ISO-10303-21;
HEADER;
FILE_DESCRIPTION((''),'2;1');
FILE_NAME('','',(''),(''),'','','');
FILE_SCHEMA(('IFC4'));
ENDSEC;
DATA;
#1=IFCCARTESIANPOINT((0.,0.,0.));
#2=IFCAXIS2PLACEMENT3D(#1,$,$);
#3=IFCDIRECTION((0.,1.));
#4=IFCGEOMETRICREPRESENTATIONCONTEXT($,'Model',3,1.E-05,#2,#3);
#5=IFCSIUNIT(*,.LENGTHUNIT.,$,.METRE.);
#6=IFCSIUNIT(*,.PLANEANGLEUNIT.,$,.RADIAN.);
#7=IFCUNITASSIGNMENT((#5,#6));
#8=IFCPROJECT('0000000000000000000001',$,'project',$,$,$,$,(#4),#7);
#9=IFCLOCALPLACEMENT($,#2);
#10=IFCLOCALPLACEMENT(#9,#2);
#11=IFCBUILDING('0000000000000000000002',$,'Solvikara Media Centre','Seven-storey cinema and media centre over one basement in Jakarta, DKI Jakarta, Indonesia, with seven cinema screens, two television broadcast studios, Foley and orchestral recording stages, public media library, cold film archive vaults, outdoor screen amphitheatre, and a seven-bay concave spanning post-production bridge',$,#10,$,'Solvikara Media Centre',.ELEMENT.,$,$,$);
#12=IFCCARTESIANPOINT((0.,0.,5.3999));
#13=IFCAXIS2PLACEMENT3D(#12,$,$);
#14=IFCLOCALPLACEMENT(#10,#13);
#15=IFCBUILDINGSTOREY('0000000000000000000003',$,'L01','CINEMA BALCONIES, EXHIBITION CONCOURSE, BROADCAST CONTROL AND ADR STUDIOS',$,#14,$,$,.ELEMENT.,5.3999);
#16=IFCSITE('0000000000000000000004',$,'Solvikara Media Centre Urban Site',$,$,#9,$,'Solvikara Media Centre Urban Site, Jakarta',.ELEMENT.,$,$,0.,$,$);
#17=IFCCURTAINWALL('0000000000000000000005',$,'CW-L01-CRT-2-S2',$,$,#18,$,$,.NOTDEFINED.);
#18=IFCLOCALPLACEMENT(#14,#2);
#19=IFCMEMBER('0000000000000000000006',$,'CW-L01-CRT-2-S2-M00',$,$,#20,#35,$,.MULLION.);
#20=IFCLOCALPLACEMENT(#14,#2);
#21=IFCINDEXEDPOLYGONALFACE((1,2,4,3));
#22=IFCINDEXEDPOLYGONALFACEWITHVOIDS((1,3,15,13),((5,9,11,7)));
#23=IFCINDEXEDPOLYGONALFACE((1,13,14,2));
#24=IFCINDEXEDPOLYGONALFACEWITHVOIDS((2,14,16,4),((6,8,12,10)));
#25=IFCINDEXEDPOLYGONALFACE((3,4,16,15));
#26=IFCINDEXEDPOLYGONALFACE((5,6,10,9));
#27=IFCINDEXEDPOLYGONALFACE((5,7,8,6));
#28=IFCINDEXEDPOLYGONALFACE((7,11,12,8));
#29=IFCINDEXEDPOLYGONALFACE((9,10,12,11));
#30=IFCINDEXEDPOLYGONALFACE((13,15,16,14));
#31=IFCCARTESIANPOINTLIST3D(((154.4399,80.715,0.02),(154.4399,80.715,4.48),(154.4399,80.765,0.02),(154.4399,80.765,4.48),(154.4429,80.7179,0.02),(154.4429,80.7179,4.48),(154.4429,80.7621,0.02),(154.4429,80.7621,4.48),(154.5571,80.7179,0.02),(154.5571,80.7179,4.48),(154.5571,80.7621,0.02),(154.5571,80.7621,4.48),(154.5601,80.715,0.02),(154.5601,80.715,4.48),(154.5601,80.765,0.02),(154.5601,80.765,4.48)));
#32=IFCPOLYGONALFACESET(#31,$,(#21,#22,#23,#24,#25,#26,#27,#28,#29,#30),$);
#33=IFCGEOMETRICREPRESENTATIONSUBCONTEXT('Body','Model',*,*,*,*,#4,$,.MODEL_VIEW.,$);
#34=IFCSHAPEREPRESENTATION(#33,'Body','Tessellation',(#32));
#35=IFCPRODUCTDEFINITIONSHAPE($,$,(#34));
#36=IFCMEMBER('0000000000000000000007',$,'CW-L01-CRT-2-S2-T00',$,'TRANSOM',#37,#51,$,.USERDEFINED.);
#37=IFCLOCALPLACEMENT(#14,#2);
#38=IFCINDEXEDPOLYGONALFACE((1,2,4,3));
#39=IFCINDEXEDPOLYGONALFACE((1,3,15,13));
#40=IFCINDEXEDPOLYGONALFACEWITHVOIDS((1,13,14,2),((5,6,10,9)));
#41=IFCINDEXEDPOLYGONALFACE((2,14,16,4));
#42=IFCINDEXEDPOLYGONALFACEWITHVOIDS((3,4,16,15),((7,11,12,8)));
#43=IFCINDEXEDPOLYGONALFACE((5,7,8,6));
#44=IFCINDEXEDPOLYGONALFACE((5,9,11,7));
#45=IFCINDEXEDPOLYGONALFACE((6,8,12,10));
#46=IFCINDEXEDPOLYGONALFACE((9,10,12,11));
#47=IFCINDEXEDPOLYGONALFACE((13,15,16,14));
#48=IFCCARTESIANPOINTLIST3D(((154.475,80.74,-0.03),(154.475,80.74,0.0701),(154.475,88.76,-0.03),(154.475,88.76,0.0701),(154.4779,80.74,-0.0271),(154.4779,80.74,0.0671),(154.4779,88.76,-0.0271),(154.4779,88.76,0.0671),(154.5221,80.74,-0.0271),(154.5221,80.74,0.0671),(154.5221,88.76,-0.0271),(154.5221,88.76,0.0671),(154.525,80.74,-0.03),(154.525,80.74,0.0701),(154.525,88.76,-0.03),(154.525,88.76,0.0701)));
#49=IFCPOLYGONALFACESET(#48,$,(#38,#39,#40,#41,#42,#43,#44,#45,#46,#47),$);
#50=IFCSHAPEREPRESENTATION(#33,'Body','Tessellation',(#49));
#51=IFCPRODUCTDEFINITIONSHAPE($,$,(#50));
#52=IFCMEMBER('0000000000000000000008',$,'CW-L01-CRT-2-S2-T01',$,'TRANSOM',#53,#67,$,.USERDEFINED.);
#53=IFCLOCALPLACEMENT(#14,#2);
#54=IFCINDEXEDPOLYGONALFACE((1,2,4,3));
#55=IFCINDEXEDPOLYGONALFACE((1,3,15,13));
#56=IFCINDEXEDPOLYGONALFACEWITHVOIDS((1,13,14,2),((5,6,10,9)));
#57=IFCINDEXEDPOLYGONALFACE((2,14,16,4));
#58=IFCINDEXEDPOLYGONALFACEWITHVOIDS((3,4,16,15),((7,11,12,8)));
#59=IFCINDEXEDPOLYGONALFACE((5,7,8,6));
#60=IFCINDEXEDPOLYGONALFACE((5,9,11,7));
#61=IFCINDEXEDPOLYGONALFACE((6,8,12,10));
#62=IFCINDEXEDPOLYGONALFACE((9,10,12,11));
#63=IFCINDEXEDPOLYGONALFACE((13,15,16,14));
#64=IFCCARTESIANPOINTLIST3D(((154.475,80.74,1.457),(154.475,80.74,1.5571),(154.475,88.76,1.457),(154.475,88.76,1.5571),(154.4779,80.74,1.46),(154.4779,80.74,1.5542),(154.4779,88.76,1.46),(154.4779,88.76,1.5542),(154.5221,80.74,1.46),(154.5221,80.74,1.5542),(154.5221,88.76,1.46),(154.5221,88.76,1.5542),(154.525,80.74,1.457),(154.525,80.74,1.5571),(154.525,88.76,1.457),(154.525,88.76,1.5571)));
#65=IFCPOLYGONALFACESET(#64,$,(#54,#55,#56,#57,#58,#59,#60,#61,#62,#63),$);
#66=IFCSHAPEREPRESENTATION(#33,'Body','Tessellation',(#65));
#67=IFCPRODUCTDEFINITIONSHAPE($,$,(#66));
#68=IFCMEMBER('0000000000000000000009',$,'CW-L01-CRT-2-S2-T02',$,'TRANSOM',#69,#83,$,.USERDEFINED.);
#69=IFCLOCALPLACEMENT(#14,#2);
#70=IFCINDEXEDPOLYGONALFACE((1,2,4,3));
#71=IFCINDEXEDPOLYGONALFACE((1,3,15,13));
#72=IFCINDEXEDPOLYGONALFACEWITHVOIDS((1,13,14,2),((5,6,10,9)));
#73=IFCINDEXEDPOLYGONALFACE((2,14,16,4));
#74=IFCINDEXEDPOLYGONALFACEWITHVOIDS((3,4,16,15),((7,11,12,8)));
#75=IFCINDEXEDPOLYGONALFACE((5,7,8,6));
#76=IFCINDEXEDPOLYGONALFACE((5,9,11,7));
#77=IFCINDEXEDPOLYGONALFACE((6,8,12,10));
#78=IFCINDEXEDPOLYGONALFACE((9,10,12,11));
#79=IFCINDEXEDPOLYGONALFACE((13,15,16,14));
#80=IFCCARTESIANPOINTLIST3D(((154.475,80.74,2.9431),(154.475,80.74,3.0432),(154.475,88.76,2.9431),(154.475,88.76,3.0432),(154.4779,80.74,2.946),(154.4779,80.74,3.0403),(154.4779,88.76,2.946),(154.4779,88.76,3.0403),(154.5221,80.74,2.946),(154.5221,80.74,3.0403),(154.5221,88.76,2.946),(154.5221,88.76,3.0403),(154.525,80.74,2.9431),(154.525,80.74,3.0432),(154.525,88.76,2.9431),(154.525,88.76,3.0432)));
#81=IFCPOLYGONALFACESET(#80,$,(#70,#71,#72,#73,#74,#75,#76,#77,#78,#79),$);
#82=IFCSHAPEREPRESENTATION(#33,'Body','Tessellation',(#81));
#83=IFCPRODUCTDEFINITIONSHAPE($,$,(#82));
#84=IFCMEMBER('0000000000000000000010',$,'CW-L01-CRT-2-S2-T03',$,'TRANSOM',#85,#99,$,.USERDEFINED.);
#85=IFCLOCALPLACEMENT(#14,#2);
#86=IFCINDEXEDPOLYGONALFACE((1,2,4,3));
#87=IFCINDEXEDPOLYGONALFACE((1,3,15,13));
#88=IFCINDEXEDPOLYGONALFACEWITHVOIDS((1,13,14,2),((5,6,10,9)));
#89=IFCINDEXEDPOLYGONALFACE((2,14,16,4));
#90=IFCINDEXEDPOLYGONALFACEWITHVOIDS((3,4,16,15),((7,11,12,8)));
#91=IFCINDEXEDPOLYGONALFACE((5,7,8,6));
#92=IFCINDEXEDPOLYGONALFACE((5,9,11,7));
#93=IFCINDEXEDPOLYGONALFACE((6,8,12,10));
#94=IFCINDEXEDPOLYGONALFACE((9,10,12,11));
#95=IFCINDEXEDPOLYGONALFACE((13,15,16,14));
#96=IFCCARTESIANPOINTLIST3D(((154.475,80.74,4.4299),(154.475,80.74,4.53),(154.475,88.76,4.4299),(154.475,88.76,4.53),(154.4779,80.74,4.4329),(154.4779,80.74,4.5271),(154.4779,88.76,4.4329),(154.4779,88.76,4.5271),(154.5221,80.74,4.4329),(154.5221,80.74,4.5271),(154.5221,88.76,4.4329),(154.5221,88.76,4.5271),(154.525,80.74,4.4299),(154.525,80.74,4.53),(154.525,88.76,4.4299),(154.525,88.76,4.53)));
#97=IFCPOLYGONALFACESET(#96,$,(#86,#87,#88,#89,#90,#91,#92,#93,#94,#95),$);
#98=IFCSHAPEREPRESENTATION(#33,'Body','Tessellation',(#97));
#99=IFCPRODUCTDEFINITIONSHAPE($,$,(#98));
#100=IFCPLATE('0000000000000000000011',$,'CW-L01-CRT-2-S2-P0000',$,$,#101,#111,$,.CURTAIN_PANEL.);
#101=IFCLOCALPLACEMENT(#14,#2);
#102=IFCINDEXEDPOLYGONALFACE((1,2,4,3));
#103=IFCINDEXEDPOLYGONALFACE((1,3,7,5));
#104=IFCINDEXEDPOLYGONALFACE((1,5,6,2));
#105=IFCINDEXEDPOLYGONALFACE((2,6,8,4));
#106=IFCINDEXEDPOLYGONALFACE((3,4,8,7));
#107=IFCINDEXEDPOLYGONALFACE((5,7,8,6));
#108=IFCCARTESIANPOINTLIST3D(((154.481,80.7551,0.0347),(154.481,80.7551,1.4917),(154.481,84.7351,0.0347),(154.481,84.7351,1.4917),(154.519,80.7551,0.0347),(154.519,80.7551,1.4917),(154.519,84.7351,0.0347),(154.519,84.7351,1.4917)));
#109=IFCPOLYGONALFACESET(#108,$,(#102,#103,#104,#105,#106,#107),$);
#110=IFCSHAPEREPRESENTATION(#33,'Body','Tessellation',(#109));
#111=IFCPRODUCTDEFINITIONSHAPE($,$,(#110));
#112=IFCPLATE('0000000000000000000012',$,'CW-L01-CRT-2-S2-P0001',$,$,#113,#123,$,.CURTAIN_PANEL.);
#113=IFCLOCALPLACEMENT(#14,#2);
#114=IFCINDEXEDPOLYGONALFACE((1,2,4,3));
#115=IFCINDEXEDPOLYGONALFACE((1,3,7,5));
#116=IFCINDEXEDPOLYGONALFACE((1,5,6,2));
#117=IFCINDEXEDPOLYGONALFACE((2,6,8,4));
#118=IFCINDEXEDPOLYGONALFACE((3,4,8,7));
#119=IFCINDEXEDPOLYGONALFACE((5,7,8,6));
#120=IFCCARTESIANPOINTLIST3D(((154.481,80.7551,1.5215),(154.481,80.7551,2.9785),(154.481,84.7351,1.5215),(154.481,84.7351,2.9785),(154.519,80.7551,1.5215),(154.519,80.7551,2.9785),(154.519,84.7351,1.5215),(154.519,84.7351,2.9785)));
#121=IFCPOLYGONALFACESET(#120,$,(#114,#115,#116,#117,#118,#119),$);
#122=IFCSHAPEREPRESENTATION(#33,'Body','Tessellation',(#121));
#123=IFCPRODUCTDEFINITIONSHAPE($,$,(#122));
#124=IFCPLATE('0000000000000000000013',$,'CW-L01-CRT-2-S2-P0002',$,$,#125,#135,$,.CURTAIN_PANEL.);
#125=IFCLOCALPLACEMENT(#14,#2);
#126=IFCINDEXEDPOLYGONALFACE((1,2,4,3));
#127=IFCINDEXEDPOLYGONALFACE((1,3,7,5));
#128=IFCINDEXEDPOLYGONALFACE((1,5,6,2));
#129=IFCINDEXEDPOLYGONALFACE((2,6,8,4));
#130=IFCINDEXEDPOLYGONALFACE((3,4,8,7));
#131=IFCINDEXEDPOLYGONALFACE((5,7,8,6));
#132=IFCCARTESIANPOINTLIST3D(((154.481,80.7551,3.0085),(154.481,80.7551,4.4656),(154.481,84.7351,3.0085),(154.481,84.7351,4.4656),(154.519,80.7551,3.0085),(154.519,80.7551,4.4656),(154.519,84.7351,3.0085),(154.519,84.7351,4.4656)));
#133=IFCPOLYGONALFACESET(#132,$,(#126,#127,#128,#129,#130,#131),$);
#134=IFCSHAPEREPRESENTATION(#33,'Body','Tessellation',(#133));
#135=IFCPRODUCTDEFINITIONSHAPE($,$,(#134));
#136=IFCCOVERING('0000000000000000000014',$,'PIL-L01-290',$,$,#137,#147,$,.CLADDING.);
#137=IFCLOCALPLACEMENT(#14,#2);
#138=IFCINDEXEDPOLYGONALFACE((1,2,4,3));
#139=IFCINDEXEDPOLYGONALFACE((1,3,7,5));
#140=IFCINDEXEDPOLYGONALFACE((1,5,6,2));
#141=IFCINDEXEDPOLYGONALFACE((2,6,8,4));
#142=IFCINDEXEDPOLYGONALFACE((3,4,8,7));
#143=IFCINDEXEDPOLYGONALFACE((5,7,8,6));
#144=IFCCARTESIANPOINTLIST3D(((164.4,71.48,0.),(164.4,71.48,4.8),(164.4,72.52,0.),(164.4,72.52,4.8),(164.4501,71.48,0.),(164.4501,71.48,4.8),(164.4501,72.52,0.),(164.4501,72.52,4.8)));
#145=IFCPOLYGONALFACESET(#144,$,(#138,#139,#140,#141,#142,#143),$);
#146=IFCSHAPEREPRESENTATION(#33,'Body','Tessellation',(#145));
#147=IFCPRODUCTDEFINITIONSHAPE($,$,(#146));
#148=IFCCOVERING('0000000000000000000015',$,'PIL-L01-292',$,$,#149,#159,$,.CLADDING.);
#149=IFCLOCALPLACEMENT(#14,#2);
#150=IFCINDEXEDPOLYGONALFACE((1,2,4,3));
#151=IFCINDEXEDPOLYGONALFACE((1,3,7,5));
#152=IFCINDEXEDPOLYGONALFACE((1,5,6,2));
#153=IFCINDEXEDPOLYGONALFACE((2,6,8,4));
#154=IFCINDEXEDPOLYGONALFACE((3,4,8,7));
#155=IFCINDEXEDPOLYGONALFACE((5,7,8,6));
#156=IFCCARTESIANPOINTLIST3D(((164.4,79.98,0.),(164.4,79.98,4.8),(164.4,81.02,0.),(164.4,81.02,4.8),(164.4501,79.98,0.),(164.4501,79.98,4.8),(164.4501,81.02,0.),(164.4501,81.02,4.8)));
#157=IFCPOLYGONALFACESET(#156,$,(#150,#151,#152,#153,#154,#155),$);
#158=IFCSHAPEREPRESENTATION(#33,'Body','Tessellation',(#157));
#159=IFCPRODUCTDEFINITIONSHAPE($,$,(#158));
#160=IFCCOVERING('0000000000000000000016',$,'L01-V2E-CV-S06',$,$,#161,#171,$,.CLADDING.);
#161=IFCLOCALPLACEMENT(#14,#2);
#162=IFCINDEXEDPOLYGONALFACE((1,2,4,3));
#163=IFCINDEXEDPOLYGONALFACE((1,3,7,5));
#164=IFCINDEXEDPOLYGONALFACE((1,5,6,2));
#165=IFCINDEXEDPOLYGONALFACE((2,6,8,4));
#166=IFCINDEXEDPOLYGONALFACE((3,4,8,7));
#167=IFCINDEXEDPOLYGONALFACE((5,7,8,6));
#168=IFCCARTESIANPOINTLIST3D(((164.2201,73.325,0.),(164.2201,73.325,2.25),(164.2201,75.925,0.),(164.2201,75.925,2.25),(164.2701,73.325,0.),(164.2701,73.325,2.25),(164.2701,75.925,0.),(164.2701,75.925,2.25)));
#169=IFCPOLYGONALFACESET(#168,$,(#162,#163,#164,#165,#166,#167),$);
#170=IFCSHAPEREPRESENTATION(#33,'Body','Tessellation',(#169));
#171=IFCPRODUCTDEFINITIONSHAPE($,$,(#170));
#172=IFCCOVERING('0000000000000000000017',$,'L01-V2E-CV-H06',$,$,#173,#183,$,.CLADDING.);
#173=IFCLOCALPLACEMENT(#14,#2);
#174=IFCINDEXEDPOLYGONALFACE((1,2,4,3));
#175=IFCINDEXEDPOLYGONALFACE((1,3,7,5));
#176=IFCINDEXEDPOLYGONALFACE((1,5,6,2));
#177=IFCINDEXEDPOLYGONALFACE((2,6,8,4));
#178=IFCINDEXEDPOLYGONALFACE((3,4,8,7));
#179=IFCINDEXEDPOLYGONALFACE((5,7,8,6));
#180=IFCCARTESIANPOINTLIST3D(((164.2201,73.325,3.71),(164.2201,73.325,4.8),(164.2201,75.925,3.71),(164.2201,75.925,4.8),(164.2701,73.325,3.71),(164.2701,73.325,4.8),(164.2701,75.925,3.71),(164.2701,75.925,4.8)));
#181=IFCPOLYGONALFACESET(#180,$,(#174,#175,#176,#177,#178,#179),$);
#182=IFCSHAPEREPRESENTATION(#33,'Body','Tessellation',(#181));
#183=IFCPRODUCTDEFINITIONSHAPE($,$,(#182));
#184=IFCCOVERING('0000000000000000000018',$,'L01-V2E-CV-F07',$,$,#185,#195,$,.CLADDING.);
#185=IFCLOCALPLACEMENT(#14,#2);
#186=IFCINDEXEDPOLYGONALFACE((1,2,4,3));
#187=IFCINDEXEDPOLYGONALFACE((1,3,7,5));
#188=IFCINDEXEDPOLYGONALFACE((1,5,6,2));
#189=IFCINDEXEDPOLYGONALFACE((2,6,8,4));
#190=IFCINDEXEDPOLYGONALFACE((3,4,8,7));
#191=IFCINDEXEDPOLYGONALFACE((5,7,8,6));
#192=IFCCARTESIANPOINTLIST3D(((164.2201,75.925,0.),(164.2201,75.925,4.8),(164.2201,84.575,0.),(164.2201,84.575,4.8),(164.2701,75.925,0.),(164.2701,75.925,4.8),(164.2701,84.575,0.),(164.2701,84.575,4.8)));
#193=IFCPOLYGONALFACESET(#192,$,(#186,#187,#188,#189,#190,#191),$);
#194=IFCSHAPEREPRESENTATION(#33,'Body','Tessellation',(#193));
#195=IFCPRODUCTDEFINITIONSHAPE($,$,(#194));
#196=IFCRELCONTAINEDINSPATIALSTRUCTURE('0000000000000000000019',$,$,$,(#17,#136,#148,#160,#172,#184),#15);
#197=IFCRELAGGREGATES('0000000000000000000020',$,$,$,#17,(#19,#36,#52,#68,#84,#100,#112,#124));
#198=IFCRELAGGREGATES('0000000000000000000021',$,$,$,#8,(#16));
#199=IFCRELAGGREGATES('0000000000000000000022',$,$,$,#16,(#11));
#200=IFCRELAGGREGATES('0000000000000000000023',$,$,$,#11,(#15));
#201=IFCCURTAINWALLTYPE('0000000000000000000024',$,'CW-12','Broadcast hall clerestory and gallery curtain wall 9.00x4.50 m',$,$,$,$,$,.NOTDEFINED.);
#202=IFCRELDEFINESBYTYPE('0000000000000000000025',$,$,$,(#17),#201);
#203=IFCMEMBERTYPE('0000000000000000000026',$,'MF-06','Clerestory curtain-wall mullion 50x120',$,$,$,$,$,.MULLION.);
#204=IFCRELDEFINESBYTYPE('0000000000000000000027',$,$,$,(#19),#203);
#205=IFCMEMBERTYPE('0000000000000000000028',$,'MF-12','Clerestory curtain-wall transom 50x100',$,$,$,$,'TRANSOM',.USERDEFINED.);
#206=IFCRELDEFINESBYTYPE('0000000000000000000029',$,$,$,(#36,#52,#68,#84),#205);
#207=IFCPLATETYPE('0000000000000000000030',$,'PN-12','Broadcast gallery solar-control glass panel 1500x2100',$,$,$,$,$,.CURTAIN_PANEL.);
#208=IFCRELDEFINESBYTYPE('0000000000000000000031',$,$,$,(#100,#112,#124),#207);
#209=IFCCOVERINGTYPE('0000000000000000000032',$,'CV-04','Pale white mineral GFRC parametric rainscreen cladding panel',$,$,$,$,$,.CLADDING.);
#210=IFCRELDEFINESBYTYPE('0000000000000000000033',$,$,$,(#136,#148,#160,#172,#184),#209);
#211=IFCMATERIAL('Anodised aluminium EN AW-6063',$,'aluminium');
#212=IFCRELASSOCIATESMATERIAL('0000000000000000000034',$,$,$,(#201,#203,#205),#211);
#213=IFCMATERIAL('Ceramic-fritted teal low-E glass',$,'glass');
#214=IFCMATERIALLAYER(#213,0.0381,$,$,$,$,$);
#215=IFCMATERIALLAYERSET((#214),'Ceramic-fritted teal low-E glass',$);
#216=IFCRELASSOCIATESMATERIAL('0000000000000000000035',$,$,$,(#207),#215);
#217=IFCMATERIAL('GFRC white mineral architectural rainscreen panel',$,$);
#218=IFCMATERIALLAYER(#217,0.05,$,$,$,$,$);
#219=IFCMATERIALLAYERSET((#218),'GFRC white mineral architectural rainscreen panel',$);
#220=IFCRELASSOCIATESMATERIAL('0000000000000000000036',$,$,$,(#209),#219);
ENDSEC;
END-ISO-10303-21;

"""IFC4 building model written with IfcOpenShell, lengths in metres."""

from ifc_helpers import new_model, si_unit, direction, frame, origin, origin_2d, place, context, subcontext, project, spatial, rectangle, hollow_rectangle, extrude, material, layer, layer_set, material_profile, profile_set, type_object, element, aggregate, save


model = new_model("IFC4")

# Units and contexts
model_context = context("Model", 3, precision=1e-05, world=origin(), true_north=direction((0.0, 1.0)))
body_context = subcontext(model_context, "Body", "Model", "MODEL_VIEW")
ifc_project = project(units=[si_unit("LENGTHUNIT", "METRE"), si_unit("PLANEANGLEUNIT", "RADIAN")], contexts=[model_context])

# Site, building, storey
site_placement = place(None, origin())
site = spatial("IfcSite", under=ifc_project, at=site_placement, Name="Solvikara Media Centre Urban Site", LongName="Solvikara Media Centre Urban Site, Jakarta", CompositionType="ELEMENT", RefElevation=0.0)
building_placement = place(site_placement, origin())
building = spatial("IfcBuilding", under=site, at=building_placement, Name="Solvikara Media Centre", Description="Seven-storey cinema and media centre over one basement in Jakarta, DKI Jakarta, Indonesia, with seven cinema screens, two television broadcast studios, Foley and orchestral recording stages, public media library, cold film archive vaults, outdoor screen amphitheatre, and a seven-bay concave spanning post-production bridge", LongName="Solvikara Media Centre", CompositionType="ELEMENT")
storey_placement = place(building_placement, frame((0.0, 0.0, 5.3999)))
storey = spatial("IfcBuildingStorey", under=building, at=storey_placement, Name="L01", Description="CINEMA BALCONIES, EXHIBITION CONCOURSE, BROADCAST CONTROL AND ADR STUDIOS", CompositionType="ELEMENT", Elevation=5.3999)

# Shared definitions
ifc_material_1 = material(Name="Anodised aluminium EN AW-6063", Category="aluminium")
curtain_wall_type = type_object("IfcCurtainWallType", Name="CW-12", Description="Broadcast hall clerestory and gallery curtain wall 9.00x4.50 m", PredefinedType="NOTDEFINED", material=ifc_material_1)
ifc_material_profile_1 = material_profile(ifc_material_1, hollow_rectangle(XDim=0.05, YDim=0.1201, WallThickness=0.0029, at=origin_2d()), Name="ALU-M 50x120x3")
ifc_profile_set_1 = profile_set([ifc_material_profile_1], Name="Anodised aluminium EN AW-6063")
member_type_1 = type_object("IfcMemberType", Name="MF-06", Description="Clerestory curtain-wall mullion 50x120", PredefinedType="MULLION", material=ifc_profile_set_1)

# Curtain wall, members, plates
curtain_wall_1_placement = place(storey_placement, origin())
curtain_wall_1 = element("IfcCurtainWall", 1, at=curtain_wall_1_placement, inside=storey, type_object=curtain_wall_type, Name="CW-L01-CRT-2-S2", PredefinedType="NOTDEFINED")
member_1_placement = place(storey_placement, frame((154.5, 80.74, 0.02), z_axis=(0.0, 0.0, 1.0), x_axis=(0.0, 1.0, 0.0)))
member_1 = element("IfcMember", 2, at=member_1_placement, type_object=member_type_1, Name="CW-L01-CRT-2-S2-M00", PredefinedType="MULLION", context=body_context, shape_type="SweptSolid", body=[
    extrude(hollow_rectangle(XDim=0.05, YDim=0.1201, WallThickness=0.0029, at=origin_2d()), origin(), (0.0, 0.0, 1.0), 4.46),
])
ifc_material_profile_2 = material_profile(ifc_material_1, hollow_rectangle(XDim=0.05, YDim=0.1001, WallThickness=0.0029, at=origin_2d()), Name="ALU-T 50x100x3")
ifc_profile_set_2 = profile_set([ifc_material_profile_2], Name="Anodised aluminium EN AW-6063")
member_type_2 = type_object("IfcMemberType", Name="MF-12", Description="Clerestory curtain-wall transom 50x100", ElementType="TRANSOM", PredefinedType="USERDEFINED", material=ifc_profile_set_2)
member_2_placement = place(storey_placement, frame((154.5, 80.74, 0.02), z_axis=(0.0, 1.0, 0.0), x_axis=(-1.0, 0.0, 0.0)))
member_2 = element("IfcMember", 3, at=member_2_placement, type_object=member_type_2, Name="CW-L01-CRT-2-S2-T00", ObjectType="TRANSOM", PredefinedType="USERDEFINED", context=body_context, shape_type="SweptSolid", body=[
    extrude(hollow_rectangle(XDim=0.05, YDim=0.1001, WallThickness=0.0029, at=origin_2d()), origin(), (0.0, 0.0, 1.0), 8.02),
])
member_3_placement = place(storey_placement, frame((154.5, 80.74, 1.5071), z_axis=(0.0, 1.0, 0.0), x_axis=(-1.0, 0.0, 0.0)))
member_3 = element("IfcMember", 4, at=member_3_placement, type_object=member_type_2, Name="CW-L01-CRT-2-S2-T01", ObjectType="TRANSOM", PredefinedType="USERDEFINED", context=body_context, shape_type="SweptSolid", body=[
    extrude(hollow_rectangle(XDim=0.05, YDim=0.1001, WallThickness=0.0029, at=origin_2d()), origin(), (0.0, 0.0, 1.0), 8.02),
])
member_4_placement = place(storey_placement, frame((154.5, 80.74, 2.9932), z_axis=(0.0, 1.0, 0.0), x_axis=(-1.0, 0.0, 0.0)))
member_4 = element("IfcMember", 5, at=member_4_placement, type_object=member_type_2, Name="CW-L01-CRT-2-S2-T02", ObjectType="TRANSOM", PredefinedType="USERDEFINED", context=body_context, shape_type="SweptSolid", body=[
    extrude(hollow_rectangle(XDim=0.05, YDim=0.1001, WallThickness=0.0029, at=origin_2d()), origin(), (0.0, 0.0, 1.0), 8.02),
])
member_5_placement = place(storey_placement, frame((154.5, 80.74, 4.48), z_axis=(0.0, 1.0, 0.0), x_axis=(-1.0, 0.0, 0.0)))
member_5 = element("IfcMember", 6, at=member_5_placement, type_object=member_type_2, Name="CW-L01-CRT-2-S2-T03", ObjectType="TRANSOM", PredefinedType="USERDEFINED", context=body_context, shape_type="SweptSolid", body=[
    extrude(hollow_rectangle(XDim=0.05, YDim=0.1001, WallThickness=0.0029, at=origin_2d()), origin(), (0.0, 0.0, 1.0), 8.02),
])
ifc_material_2 = material(Name="Ceramic-fritted teal low-E glass", Category="glass")
ifc_layer_1 = layer(ifc_material_2, 0.0381)
ifc_layer_set_1 = layer_set([ifc_layer_1], Name="Ceramic-fritted teal low-E glass")
plate_type = type_object("IfcPlateType", Name="PN-12", Description="Broadcast gallery solar-control glass panel 1500x2100", PredefinedType="CURTAIN_PANEL", material=ifc_layer_set_1)
plate_1_placement = place(storey_placement, frame((154.5, 82.7451, 0.0347), z_axis=(0.0, 0.0, 1.0), x_axis=(0.0, 1.0, 0.0)))
plate_1 = element("IfcPlate", 7, at=plate_1_placement, type_object=plate_type, Name="CW-L01-CRT-2-S2-P0000", PredefinedType="CURTAIN_PANEL", context=body_context, shape_type="SweptSolid", body=[
    extrude(rectangle(XDim=3.98, YDim=0.0381, at=origin_2d()), origin(), (0.0, 0.0, 1.0), 1.457),
])
plate_2_placement = place(storey_placement, frame((154.5, 82.7451, 1.5215), z_axis=(0.0, 0.0, 1.0), x_axis=(0.0, 1.0, 0.0)))
plate_2 = element("IfcPlate", 8, at=plate_2_placement, type_object=plate_type, Name="CW-L01-CRT-2-S2-P0001", PredefinedType="CURTAIN_PANEL", context=body_context, shape_type="SweptSolid", body=[
    extrude(rectangle(XDim=3.98, YDim=0.0381, at=origin_2d()), origin(), (0.0, 0.0, 1.0), 1.457),
])
plate_3_placement = place(storey_placement, frame((154.5, 82.7451, 3.0085), z_axis=(0.0, 0.0, 1.0), x_axis=(0.0, 1.0, 0.0)))
plate_3 = element("IfcPlate", 9, at=plate_3_placement, type_object=plate_type, Name="CW-L01-CRT-2-S2-P0002", PredefinedType="CURTAIN_PANEL", context=body_context, shape_type="SweptSolid", body=[
    extrude(rectangle(XDim=3.98, YDim=0.0381, at=origin_2d()), origin(), (0.0, 0.0, 1.0), 1.457),
])
aggregate(curtain_wall_1, [member_1, member_2, member_3, member_4, member_5, plate_1, plate_2, plate_3])

# Coverings
ifc_material_3 = material(Name="GFRC white mineral architectural rainscreen panel")
ifc_layer_2 = layer(ifc_material_3, 0.05)
ifc_layer_set_2 = layer_set([ifc_layer_2], Name="GFRC white mineral architectural rainscreen panel")
covering_type = type_object("IfcCoveringType", Name="CV-04", Description="Pale white mineral GFRC parametric rainscreen cladding panel", PredefinedType="CLADDING", material=ifc_layer_set_2)
for number, where, z_axis, x_axis, name in (
    (10, (164.425, 72.0, 0.0), (0.0, 0.0, 1.0), (0.0, 1.0, 0.0), "PIL-L01-290"),
    (11, (164.425, 80.5, 0.0), (0.0, 0.0, 1.0), (0.0, 1.0, 0.0), "PIL-L01-292"),
):
    element("IfcCovering", number, at=place(storey_placement, frame(where, z_axis=z_axis, x_axis=x_axis)), inside=storey, type_object=covering_type, Name=name, PredefinedType="CLADDING", context=body_context, shape_type="SweptSolid", body=[
        extrude(rectangle(XDim=1.04, YDim=0.05, at=origin_2d()), origin(), (0.0, 0.0, 1.0), 4.8),
    ])
covering_1_placement = place(storey_placement, frame((164.2451, 74.625, 0.0), z_axis=(0.0, 0.0, 1.0), x_axis=(0.0, 1.0, 0.0)))
element("IfcCovering", 12, at=covering_1_placement, inside=storey, type_object=covering_type, Name="L01-V2E-CV-S06", PredefinedType="CLADDING", context=body_context, shape_type="SweptSolid", body=[
    extrude(rectangle(XDim=2.6001, YDim=0.05, at=origin_2d()), origin(), (0.0, 0.0, 1.0), 2.25),
])
covering_2_placement = place(storey_placement, frame((164.2451, 74.625, 3.71), z_axis=(0.0, 0.0, 1.0), x_axis=(0.0, 1.0, 0.0)))
element("IfcCovering", 13, at=covering_2_placement, inside=storey, type_object=covering_type, Name="L01-V2E-CV-H06", PredefinedType="CLADDING", context=body_context, shape_type="SweptSolid", body=[
    extrude(rectangle(XDim=2.6001, YDim=0.05, at=origin_2d()), origin(), (0.0, 0.0, 1.0), 1.0901),
])
covering_3_placement = place(storey_placement, frame((164.2451, 80.25, 0.0), z_axis=(0.0, 0.0, 1.0), x_axis=(0.0, 1.0, 0.0)))
element("IfcCovering", 14, at=covering_3_placement, inside=storey, type_object=covering_type, Name="L01-V2E-CV-F07", PredefinedType="CLADDING", context=body_context, shape_type="SweptSolid", body=[
    extrude(rectangle(XDim=8.6499, YDim=0.05, at=origin_2d()), origin(), (0.0, 0.0, 1.0), 4.8),
])

save(model, "model.ifc")
